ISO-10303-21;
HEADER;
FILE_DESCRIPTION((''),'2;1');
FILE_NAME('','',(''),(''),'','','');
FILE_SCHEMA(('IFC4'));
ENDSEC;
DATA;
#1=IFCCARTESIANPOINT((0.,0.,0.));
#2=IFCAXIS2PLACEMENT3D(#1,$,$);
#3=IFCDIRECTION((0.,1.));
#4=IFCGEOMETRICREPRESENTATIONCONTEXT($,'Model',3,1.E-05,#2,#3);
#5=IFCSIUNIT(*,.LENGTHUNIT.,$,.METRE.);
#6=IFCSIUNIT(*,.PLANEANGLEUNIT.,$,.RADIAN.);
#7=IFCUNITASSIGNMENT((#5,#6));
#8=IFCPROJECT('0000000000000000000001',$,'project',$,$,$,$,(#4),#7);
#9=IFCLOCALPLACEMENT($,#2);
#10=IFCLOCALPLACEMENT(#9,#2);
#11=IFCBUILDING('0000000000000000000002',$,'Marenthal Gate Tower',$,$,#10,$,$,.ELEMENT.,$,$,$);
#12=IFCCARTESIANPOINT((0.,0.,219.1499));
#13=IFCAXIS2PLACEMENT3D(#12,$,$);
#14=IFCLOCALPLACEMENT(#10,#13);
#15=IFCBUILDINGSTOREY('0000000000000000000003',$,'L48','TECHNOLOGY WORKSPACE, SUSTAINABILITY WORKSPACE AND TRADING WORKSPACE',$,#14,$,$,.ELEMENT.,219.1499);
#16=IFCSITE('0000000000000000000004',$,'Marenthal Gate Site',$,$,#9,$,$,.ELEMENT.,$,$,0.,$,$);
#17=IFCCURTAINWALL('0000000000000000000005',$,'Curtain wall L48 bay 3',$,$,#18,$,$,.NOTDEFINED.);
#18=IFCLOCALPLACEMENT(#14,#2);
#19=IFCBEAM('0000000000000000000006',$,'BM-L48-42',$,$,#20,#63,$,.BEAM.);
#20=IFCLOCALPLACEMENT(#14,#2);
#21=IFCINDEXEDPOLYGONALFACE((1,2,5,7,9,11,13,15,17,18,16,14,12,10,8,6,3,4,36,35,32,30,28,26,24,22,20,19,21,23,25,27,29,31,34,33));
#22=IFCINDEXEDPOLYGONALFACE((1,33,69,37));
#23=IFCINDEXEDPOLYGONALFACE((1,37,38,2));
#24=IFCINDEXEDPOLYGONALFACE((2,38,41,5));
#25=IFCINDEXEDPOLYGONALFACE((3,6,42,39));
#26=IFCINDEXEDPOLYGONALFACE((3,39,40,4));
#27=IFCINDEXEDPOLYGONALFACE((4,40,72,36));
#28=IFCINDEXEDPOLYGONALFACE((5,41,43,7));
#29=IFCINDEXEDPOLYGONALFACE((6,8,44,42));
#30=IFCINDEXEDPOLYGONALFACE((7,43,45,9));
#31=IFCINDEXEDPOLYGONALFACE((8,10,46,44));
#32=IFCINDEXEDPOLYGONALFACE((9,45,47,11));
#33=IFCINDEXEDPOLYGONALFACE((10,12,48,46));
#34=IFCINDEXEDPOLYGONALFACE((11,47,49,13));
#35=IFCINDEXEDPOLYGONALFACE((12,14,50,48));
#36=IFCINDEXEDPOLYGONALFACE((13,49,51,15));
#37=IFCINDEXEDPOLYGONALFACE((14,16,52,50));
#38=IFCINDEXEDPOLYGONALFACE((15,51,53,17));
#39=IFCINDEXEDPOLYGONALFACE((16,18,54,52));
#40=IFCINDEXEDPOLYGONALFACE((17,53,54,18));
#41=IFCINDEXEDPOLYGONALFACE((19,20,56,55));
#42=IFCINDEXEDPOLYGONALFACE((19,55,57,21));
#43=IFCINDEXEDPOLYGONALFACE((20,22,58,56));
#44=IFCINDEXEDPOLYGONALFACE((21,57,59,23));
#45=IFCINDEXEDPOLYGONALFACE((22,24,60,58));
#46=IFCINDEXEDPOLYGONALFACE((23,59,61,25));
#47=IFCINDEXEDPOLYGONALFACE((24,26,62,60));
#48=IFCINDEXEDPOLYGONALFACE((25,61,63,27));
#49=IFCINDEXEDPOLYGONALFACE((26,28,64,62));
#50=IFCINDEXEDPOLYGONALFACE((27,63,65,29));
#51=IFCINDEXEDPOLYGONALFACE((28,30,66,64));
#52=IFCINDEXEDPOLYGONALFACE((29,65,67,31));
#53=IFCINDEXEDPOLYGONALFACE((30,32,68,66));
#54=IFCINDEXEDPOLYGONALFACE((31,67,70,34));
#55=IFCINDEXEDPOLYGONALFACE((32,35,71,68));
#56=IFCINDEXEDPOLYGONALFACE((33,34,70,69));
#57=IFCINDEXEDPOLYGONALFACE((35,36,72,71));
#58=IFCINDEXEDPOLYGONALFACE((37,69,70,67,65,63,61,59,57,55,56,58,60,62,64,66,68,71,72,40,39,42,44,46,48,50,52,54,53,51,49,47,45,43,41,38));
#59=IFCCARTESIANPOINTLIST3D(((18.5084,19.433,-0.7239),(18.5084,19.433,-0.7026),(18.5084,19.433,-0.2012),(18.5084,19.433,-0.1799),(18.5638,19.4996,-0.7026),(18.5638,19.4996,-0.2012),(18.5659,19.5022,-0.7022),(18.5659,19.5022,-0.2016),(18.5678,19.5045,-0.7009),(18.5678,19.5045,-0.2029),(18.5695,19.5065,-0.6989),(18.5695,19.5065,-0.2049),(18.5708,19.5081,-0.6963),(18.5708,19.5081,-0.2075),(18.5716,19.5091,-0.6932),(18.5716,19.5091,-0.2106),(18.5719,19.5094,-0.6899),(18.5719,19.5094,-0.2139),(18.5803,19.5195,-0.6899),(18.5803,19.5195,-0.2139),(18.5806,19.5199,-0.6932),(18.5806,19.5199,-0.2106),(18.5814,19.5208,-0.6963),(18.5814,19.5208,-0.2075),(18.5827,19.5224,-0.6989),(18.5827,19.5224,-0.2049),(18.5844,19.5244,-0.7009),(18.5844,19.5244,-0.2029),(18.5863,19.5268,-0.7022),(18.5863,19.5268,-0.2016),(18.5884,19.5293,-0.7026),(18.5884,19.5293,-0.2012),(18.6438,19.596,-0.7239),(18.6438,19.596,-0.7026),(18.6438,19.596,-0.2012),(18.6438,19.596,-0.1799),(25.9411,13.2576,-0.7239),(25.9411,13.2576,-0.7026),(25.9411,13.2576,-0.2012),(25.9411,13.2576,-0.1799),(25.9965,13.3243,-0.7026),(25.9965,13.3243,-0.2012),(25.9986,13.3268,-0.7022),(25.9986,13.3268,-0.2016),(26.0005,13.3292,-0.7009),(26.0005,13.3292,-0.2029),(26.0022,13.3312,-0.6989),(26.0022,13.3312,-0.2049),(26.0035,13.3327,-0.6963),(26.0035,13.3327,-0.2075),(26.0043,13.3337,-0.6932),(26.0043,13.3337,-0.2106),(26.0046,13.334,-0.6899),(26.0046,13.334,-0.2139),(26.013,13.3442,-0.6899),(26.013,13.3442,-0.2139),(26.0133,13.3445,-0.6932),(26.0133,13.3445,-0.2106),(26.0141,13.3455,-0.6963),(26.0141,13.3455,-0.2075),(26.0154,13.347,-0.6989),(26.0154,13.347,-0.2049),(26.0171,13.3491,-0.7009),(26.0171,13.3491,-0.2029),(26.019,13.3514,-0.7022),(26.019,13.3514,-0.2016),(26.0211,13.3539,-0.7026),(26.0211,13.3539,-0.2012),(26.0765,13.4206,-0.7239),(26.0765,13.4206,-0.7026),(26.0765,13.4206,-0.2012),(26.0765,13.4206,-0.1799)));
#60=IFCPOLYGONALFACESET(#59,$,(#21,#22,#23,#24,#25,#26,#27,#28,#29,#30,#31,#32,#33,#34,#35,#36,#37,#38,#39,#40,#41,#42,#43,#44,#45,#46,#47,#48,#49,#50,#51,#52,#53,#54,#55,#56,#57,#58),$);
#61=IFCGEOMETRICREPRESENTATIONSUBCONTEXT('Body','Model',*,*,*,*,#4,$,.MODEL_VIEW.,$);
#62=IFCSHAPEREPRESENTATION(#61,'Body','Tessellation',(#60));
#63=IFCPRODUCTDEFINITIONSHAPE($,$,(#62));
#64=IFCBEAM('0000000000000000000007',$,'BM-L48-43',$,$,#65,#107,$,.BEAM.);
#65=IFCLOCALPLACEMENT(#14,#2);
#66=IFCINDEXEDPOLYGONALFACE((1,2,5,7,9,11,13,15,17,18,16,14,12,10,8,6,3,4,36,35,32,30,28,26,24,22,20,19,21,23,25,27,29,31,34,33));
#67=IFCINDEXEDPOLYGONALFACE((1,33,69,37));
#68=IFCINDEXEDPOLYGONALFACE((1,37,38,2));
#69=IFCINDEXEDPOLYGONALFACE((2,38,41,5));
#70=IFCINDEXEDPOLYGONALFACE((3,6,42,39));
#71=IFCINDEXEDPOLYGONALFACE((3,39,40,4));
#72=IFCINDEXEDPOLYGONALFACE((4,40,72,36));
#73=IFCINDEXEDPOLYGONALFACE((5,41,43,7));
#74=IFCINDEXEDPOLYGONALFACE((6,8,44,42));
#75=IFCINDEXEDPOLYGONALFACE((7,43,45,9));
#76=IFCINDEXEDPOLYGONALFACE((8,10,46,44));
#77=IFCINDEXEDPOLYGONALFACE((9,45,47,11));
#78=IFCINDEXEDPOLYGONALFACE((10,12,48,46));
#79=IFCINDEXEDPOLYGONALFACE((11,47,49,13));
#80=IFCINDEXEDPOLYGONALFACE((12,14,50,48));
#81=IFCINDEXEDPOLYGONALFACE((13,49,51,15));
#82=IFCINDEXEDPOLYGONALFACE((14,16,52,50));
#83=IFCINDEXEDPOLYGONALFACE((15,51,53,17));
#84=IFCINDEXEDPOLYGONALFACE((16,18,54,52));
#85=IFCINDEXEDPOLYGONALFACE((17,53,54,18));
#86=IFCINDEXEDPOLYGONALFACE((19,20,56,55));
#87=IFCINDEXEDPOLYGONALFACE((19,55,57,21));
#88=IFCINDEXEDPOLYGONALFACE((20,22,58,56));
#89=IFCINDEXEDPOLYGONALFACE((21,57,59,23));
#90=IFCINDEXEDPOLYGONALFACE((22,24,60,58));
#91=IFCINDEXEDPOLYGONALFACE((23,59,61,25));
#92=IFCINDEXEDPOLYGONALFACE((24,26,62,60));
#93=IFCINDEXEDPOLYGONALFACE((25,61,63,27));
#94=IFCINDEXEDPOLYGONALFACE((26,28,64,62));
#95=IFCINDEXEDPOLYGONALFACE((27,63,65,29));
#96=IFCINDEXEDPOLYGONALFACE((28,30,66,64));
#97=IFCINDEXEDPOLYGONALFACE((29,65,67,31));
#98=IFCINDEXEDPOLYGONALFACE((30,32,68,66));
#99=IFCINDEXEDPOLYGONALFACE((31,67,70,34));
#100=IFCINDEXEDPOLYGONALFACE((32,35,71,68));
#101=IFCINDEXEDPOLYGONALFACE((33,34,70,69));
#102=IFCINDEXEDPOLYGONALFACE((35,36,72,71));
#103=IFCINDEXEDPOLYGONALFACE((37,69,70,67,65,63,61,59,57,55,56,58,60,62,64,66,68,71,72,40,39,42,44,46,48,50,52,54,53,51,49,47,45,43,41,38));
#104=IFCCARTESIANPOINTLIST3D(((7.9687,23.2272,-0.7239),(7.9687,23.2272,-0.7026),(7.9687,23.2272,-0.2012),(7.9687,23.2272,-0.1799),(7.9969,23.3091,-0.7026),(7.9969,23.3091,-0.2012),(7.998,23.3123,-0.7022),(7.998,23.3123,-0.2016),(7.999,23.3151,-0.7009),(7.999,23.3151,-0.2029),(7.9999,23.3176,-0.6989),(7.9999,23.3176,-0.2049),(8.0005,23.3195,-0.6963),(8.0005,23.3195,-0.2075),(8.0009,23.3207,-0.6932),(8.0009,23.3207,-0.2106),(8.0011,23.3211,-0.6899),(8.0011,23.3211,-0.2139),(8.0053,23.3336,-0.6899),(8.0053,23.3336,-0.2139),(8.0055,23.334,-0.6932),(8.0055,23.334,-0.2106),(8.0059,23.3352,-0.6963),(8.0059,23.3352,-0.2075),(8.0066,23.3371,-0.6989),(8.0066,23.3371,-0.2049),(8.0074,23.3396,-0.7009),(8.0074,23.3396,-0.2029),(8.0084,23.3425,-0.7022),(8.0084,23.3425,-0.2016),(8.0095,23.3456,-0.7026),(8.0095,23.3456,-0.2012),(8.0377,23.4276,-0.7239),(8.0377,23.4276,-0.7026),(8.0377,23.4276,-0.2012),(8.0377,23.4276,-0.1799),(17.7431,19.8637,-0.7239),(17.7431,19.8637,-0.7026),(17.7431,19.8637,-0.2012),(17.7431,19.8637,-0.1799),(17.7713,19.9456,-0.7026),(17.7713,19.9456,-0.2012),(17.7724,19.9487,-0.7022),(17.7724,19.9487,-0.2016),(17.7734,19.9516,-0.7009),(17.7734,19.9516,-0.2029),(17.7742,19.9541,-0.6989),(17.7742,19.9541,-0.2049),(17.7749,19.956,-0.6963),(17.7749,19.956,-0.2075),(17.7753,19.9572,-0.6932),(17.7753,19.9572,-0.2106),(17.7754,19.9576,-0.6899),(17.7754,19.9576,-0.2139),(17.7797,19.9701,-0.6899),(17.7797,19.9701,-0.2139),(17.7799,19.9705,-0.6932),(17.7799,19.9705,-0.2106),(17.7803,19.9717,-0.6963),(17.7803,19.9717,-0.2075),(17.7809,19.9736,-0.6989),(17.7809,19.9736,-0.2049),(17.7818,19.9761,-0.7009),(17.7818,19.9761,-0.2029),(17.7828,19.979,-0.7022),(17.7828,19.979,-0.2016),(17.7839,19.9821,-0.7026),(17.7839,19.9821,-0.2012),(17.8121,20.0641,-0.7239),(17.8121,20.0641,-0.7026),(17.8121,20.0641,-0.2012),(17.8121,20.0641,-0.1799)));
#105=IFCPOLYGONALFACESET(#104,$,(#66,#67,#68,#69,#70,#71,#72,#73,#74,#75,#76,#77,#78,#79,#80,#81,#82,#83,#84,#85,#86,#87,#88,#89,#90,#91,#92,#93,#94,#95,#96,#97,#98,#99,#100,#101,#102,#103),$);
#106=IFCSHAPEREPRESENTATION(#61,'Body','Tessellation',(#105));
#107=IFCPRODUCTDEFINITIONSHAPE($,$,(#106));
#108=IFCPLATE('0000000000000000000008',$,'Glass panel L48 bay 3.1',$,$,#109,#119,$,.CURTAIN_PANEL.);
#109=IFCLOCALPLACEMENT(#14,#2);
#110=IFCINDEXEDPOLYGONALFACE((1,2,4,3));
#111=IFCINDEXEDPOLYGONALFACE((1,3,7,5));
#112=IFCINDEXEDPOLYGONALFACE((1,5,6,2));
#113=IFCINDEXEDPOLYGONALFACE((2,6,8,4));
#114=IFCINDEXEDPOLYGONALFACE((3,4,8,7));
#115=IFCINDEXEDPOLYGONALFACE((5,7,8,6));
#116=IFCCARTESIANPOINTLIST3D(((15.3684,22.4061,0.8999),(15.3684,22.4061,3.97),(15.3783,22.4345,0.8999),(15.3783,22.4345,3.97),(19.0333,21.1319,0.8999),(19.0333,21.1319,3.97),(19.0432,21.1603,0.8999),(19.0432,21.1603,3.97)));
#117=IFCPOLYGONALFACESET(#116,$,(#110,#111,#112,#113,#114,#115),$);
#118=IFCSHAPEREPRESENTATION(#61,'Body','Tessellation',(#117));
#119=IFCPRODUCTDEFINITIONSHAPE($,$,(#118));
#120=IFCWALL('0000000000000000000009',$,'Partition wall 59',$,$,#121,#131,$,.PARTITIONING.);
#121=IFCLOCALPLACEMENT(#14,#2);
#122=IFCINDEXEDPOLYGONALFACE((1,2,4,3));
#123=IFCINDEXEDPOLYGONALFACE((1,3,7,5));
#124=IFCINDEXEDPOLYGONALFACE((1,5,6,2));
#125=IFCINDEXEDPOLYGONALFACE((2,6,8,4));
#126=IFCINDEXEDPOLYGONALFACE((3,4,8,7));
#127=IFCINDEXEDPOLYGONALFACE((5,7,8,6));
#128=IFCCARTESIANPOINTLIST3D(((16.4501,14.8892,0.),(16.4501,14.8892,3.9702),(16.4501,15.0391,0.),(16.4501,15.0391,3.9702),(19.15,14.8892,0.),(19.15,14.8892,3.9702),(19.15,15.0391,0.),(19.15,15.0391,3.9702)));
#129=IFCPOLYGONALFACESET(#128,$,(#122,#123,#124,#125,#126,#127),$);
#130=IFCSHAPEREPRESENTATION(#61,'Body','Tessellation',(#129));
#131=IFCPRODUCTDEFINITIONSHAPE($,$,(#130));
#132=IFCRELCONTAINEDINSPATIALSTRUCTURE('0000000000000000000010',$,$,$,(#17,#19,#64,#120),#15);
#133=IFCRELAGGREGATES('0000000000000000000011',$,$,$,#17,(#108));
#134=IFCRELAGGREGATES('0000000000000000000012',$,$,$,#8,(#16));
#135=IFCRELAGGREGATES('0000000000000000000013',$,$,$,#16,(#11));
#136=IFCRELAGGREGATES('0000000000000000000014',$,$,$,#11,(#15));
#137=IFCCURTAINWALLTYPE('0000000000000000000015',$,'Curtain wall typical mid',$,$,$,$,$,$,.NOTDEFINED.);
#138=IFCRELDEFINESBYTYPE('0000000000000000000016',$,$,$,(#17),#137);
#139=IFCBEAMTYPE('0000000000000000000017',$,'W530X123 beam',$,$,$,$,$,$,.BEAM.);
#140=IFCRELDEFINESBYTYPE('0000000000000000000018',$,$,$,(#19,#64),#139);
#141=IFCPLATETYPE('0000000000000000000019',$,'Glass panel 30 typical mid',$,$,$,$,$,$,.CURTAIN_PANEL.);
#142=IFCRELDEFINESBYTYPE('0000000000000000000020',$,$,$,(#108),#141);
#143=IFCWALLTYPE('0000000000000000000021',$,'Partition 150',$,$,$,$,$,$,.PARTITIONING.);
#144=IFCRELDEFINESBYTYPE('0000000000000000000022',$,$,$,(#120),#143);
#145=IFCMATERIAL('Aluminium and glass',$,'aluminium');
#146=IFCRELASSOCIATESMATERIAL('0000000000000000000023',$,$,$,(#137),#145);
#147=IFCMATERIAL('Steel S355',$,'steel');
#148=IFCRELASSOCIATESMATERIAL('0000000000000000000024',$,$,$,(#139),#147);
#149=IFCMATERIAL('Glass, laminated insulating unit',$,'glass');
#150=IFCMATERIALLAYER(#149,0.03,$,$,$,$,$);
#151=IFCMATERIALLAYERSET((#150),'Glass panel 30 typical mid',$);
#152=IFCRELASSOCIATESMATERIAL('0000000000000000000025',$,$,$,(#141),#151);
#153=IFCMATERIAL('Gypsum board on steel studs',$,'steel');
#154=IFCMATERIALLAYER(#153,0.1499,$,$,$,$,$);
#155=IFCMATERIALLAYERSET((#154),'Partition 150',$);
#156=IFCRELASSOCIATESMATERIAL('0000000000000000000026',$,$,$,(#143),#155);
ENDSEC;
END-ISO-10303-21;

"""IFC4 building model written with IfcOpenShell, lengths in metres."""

from ifc_helpers import new_model, si_unit, direction, frame, frame_2d, origin, origin_2d, place, context, subcontext, project, spatial, rectangle, i_section, extrude, material, layer, layer_set, material_profile, profile_set, type_object, element, aggregate, save


model = new_model("IFC4")

# Units and contexts
model_context = context("Model", 3, precision=1e-05, world=origin(), true_north=direction((0.0, 1.0)))
body_context = subcontext(model_context, "Body", "Model", "MODEL_VIEW")
ifc_project = project(units=[si_unit("LENGTHUNIT", "METRE"), si_unit("PLANEANGLEUNIT", "RADIAN")], contexts=[model_context])

# Site, building, storey
site_placement = place(None, origin())
site = spatial("IfcSite", under=ifc_project, at=site_placement, Name="Marenthal Gate Site", CompositionType="ELEMENT", RefElevation=0.0)
building_placement = place(site_placement, origin())
building = spatial("IfcBuilding", under=site, at=building_placement, Name="Marenthal Gate Tower", CompositionType="ELEMENT")
storey_placement = place(building_placement, frame((0.0, 0.0, 219.1499)))
storey = spatial("IfcBuildingStorey", under=building, at=storey_placement, Name="L48", Description="TECHNOLOGY WORKSPACE, SUSTAINABILITY WORKSPACE AND TRADING WORKSPACE", CompositionType="ELEMENT", Elevation=219.1499)

# Shared definitions
ifc_material_1 = material(Name="Aluminium and glass", Category="aluminium")
curtain_wall_type = type_object("IfcCurtainWallType", Name="Curtain wall typical mid", PredefinedType="NOTDEFINED", material=ifc_material_1)

# Curtain wall
curtain_wall_1_placement = place(storey_placement, origin())
curtain_wall_1 = element("IfcCurtainWall", 1, at=curtain_wall_1_placement, inside=storey, type_object=curtain_wall_type, Name="Curtain wall L48 bay 3", PredefinedType="NOTDEFINED")

# Beams
ifc_material_2 = material(Name="Steel S355", Category="steel")
ifc_material_profile_1 = material_profile(ifc_material_2, i_section(OverallWidth=0.2119, OverallDepth=0.5439, WebThickness=0.0132, FlangeThickness=0.0212, FilletRadius=0.0127, at=origin_2d()), Name="W530X123")
ifc_profile_set_1 = profile_set([ifc_material_profile_1], Name="Steel S355")
beam_type_1 = type_object("IfcBeamType", Name="W530X123 beam", PredefinedType="BEAM", material=ifc_profile_set_1)
beam_1_placement = place(storey_placement, frame((26.0088, 13.3391, -0.4519), z_axis=(-0.769165, 0.639051, 0.0), x_axis=(-0.639051, -0.769165, 0.0)))
element("IfcBeam", 2, at=beam_1_placement, inside=storey, type_object=beam_type_1, Name="BM-L48-42", PredefinedType="BEAM", context=body_context, shape_type="SweptSolid", body=[
    extrude(i_section(OverallWidth=0.2119, OverallDepth=0.5439, WebThickness=0.0132, FlangeThickness=0.0212, FilletRadius=0.0127, at=origin_2d()), origin(), (0.0, 0.0, 1.0), 9.6633),
])
beam_2_placement = place(storey_placement, frame((17.7776, 19.9639, -0.4519), z_axis=(-0.94558, 0.325389, 0.0), x_axis=(-0.325389, -0.94558, 0.0)))
element("IfcBeam", 3, at=beam_2_placement, inside=storey, type_object=beam_type_1, Name="BM-L48-43", PredefinedType="BEAM", context=body_context, shape_type="SweptSolid", body=[
    extrude(i_section(OverallWidth=0.2119, OverallDepth=0.5439, WebThickness=0.0132, FlangeThickness=0.0212, FilletRadius=0.0127, at=origin_2d()), origin(), (0.0, 0.0, 1.0), 10.3369),
])

# Plate
ifc_material_3 = material(Name="Glass, laminated insulating unit", Category="glass")
ifc_layer_1 = layer(ifc_material_3, 0.03)
ifc_layer_set_1 = layer_set([ifc_layer_1], Name="Glass panel 30 typical mid")
plate_type = type_object("IfcPlateType", Name="Glass panel 30 typical mid", PredefinedType="CURTAIN_PANEL", material=ifc_layer_set_1)
plate_placement = place(storey_placement, frame((17.2058, 21.7832, 0.8999), z_axis=(0.0, 0.0, 1.0), x_axis=(-0.944539, 0.3284, 0.0)))
plate = element("IfcPlate", 4, at=plate_placement, type_object=plate_type, Name="Glass panel L48 bay 3.1", PredefinedType="CURTAIN_PANEL", context=body_context, shape_type="SweptSolid", body=[
    extrude(rectangle(XDim=3.8801, YDim=0.03, at=origin_2d()), origin(), (0.0, 0.0, 1.0), 3.0701),
])
aggregate(curtain_wall_1, [plate])

# Wall
ifc_material_4 = material(Name="Gypsum board on steel studs", Category="steel")
ifc_layer_2 = layer(ifc_material_4, 0.1499)
ifc_layer_set_2 = layer_set([ifc_layer_2], Name="Partition 150")
wall_type_1 = type_object("IfcWallType", Name="Partition 150", PredefinedType="PARTITIONING", material=ifc_layer_set_2)
wall_1_placement = place(storey_placement, frame((16.45, 14.9641, 0.0), z_axis=(0.0, 0.0, 1.0), x_axis=(1.0, 0.0, 0.0)))
element("IfcWall", 5, at=wall_1_placement, inside=storey, type_object=wall_type_1, Name="Partition wall 59", PredefinedType="PARTITIONING", context=body_context, shape_type="SweptSolid", body=[
    extrude(rectangle(XDim=2.7, YDim=0.1499, at=frame_2d((1.3501, 0.0))), origin(), (0.0, 0.0, 1.0), 3.9702),
])

save(model, "model.ifc")
